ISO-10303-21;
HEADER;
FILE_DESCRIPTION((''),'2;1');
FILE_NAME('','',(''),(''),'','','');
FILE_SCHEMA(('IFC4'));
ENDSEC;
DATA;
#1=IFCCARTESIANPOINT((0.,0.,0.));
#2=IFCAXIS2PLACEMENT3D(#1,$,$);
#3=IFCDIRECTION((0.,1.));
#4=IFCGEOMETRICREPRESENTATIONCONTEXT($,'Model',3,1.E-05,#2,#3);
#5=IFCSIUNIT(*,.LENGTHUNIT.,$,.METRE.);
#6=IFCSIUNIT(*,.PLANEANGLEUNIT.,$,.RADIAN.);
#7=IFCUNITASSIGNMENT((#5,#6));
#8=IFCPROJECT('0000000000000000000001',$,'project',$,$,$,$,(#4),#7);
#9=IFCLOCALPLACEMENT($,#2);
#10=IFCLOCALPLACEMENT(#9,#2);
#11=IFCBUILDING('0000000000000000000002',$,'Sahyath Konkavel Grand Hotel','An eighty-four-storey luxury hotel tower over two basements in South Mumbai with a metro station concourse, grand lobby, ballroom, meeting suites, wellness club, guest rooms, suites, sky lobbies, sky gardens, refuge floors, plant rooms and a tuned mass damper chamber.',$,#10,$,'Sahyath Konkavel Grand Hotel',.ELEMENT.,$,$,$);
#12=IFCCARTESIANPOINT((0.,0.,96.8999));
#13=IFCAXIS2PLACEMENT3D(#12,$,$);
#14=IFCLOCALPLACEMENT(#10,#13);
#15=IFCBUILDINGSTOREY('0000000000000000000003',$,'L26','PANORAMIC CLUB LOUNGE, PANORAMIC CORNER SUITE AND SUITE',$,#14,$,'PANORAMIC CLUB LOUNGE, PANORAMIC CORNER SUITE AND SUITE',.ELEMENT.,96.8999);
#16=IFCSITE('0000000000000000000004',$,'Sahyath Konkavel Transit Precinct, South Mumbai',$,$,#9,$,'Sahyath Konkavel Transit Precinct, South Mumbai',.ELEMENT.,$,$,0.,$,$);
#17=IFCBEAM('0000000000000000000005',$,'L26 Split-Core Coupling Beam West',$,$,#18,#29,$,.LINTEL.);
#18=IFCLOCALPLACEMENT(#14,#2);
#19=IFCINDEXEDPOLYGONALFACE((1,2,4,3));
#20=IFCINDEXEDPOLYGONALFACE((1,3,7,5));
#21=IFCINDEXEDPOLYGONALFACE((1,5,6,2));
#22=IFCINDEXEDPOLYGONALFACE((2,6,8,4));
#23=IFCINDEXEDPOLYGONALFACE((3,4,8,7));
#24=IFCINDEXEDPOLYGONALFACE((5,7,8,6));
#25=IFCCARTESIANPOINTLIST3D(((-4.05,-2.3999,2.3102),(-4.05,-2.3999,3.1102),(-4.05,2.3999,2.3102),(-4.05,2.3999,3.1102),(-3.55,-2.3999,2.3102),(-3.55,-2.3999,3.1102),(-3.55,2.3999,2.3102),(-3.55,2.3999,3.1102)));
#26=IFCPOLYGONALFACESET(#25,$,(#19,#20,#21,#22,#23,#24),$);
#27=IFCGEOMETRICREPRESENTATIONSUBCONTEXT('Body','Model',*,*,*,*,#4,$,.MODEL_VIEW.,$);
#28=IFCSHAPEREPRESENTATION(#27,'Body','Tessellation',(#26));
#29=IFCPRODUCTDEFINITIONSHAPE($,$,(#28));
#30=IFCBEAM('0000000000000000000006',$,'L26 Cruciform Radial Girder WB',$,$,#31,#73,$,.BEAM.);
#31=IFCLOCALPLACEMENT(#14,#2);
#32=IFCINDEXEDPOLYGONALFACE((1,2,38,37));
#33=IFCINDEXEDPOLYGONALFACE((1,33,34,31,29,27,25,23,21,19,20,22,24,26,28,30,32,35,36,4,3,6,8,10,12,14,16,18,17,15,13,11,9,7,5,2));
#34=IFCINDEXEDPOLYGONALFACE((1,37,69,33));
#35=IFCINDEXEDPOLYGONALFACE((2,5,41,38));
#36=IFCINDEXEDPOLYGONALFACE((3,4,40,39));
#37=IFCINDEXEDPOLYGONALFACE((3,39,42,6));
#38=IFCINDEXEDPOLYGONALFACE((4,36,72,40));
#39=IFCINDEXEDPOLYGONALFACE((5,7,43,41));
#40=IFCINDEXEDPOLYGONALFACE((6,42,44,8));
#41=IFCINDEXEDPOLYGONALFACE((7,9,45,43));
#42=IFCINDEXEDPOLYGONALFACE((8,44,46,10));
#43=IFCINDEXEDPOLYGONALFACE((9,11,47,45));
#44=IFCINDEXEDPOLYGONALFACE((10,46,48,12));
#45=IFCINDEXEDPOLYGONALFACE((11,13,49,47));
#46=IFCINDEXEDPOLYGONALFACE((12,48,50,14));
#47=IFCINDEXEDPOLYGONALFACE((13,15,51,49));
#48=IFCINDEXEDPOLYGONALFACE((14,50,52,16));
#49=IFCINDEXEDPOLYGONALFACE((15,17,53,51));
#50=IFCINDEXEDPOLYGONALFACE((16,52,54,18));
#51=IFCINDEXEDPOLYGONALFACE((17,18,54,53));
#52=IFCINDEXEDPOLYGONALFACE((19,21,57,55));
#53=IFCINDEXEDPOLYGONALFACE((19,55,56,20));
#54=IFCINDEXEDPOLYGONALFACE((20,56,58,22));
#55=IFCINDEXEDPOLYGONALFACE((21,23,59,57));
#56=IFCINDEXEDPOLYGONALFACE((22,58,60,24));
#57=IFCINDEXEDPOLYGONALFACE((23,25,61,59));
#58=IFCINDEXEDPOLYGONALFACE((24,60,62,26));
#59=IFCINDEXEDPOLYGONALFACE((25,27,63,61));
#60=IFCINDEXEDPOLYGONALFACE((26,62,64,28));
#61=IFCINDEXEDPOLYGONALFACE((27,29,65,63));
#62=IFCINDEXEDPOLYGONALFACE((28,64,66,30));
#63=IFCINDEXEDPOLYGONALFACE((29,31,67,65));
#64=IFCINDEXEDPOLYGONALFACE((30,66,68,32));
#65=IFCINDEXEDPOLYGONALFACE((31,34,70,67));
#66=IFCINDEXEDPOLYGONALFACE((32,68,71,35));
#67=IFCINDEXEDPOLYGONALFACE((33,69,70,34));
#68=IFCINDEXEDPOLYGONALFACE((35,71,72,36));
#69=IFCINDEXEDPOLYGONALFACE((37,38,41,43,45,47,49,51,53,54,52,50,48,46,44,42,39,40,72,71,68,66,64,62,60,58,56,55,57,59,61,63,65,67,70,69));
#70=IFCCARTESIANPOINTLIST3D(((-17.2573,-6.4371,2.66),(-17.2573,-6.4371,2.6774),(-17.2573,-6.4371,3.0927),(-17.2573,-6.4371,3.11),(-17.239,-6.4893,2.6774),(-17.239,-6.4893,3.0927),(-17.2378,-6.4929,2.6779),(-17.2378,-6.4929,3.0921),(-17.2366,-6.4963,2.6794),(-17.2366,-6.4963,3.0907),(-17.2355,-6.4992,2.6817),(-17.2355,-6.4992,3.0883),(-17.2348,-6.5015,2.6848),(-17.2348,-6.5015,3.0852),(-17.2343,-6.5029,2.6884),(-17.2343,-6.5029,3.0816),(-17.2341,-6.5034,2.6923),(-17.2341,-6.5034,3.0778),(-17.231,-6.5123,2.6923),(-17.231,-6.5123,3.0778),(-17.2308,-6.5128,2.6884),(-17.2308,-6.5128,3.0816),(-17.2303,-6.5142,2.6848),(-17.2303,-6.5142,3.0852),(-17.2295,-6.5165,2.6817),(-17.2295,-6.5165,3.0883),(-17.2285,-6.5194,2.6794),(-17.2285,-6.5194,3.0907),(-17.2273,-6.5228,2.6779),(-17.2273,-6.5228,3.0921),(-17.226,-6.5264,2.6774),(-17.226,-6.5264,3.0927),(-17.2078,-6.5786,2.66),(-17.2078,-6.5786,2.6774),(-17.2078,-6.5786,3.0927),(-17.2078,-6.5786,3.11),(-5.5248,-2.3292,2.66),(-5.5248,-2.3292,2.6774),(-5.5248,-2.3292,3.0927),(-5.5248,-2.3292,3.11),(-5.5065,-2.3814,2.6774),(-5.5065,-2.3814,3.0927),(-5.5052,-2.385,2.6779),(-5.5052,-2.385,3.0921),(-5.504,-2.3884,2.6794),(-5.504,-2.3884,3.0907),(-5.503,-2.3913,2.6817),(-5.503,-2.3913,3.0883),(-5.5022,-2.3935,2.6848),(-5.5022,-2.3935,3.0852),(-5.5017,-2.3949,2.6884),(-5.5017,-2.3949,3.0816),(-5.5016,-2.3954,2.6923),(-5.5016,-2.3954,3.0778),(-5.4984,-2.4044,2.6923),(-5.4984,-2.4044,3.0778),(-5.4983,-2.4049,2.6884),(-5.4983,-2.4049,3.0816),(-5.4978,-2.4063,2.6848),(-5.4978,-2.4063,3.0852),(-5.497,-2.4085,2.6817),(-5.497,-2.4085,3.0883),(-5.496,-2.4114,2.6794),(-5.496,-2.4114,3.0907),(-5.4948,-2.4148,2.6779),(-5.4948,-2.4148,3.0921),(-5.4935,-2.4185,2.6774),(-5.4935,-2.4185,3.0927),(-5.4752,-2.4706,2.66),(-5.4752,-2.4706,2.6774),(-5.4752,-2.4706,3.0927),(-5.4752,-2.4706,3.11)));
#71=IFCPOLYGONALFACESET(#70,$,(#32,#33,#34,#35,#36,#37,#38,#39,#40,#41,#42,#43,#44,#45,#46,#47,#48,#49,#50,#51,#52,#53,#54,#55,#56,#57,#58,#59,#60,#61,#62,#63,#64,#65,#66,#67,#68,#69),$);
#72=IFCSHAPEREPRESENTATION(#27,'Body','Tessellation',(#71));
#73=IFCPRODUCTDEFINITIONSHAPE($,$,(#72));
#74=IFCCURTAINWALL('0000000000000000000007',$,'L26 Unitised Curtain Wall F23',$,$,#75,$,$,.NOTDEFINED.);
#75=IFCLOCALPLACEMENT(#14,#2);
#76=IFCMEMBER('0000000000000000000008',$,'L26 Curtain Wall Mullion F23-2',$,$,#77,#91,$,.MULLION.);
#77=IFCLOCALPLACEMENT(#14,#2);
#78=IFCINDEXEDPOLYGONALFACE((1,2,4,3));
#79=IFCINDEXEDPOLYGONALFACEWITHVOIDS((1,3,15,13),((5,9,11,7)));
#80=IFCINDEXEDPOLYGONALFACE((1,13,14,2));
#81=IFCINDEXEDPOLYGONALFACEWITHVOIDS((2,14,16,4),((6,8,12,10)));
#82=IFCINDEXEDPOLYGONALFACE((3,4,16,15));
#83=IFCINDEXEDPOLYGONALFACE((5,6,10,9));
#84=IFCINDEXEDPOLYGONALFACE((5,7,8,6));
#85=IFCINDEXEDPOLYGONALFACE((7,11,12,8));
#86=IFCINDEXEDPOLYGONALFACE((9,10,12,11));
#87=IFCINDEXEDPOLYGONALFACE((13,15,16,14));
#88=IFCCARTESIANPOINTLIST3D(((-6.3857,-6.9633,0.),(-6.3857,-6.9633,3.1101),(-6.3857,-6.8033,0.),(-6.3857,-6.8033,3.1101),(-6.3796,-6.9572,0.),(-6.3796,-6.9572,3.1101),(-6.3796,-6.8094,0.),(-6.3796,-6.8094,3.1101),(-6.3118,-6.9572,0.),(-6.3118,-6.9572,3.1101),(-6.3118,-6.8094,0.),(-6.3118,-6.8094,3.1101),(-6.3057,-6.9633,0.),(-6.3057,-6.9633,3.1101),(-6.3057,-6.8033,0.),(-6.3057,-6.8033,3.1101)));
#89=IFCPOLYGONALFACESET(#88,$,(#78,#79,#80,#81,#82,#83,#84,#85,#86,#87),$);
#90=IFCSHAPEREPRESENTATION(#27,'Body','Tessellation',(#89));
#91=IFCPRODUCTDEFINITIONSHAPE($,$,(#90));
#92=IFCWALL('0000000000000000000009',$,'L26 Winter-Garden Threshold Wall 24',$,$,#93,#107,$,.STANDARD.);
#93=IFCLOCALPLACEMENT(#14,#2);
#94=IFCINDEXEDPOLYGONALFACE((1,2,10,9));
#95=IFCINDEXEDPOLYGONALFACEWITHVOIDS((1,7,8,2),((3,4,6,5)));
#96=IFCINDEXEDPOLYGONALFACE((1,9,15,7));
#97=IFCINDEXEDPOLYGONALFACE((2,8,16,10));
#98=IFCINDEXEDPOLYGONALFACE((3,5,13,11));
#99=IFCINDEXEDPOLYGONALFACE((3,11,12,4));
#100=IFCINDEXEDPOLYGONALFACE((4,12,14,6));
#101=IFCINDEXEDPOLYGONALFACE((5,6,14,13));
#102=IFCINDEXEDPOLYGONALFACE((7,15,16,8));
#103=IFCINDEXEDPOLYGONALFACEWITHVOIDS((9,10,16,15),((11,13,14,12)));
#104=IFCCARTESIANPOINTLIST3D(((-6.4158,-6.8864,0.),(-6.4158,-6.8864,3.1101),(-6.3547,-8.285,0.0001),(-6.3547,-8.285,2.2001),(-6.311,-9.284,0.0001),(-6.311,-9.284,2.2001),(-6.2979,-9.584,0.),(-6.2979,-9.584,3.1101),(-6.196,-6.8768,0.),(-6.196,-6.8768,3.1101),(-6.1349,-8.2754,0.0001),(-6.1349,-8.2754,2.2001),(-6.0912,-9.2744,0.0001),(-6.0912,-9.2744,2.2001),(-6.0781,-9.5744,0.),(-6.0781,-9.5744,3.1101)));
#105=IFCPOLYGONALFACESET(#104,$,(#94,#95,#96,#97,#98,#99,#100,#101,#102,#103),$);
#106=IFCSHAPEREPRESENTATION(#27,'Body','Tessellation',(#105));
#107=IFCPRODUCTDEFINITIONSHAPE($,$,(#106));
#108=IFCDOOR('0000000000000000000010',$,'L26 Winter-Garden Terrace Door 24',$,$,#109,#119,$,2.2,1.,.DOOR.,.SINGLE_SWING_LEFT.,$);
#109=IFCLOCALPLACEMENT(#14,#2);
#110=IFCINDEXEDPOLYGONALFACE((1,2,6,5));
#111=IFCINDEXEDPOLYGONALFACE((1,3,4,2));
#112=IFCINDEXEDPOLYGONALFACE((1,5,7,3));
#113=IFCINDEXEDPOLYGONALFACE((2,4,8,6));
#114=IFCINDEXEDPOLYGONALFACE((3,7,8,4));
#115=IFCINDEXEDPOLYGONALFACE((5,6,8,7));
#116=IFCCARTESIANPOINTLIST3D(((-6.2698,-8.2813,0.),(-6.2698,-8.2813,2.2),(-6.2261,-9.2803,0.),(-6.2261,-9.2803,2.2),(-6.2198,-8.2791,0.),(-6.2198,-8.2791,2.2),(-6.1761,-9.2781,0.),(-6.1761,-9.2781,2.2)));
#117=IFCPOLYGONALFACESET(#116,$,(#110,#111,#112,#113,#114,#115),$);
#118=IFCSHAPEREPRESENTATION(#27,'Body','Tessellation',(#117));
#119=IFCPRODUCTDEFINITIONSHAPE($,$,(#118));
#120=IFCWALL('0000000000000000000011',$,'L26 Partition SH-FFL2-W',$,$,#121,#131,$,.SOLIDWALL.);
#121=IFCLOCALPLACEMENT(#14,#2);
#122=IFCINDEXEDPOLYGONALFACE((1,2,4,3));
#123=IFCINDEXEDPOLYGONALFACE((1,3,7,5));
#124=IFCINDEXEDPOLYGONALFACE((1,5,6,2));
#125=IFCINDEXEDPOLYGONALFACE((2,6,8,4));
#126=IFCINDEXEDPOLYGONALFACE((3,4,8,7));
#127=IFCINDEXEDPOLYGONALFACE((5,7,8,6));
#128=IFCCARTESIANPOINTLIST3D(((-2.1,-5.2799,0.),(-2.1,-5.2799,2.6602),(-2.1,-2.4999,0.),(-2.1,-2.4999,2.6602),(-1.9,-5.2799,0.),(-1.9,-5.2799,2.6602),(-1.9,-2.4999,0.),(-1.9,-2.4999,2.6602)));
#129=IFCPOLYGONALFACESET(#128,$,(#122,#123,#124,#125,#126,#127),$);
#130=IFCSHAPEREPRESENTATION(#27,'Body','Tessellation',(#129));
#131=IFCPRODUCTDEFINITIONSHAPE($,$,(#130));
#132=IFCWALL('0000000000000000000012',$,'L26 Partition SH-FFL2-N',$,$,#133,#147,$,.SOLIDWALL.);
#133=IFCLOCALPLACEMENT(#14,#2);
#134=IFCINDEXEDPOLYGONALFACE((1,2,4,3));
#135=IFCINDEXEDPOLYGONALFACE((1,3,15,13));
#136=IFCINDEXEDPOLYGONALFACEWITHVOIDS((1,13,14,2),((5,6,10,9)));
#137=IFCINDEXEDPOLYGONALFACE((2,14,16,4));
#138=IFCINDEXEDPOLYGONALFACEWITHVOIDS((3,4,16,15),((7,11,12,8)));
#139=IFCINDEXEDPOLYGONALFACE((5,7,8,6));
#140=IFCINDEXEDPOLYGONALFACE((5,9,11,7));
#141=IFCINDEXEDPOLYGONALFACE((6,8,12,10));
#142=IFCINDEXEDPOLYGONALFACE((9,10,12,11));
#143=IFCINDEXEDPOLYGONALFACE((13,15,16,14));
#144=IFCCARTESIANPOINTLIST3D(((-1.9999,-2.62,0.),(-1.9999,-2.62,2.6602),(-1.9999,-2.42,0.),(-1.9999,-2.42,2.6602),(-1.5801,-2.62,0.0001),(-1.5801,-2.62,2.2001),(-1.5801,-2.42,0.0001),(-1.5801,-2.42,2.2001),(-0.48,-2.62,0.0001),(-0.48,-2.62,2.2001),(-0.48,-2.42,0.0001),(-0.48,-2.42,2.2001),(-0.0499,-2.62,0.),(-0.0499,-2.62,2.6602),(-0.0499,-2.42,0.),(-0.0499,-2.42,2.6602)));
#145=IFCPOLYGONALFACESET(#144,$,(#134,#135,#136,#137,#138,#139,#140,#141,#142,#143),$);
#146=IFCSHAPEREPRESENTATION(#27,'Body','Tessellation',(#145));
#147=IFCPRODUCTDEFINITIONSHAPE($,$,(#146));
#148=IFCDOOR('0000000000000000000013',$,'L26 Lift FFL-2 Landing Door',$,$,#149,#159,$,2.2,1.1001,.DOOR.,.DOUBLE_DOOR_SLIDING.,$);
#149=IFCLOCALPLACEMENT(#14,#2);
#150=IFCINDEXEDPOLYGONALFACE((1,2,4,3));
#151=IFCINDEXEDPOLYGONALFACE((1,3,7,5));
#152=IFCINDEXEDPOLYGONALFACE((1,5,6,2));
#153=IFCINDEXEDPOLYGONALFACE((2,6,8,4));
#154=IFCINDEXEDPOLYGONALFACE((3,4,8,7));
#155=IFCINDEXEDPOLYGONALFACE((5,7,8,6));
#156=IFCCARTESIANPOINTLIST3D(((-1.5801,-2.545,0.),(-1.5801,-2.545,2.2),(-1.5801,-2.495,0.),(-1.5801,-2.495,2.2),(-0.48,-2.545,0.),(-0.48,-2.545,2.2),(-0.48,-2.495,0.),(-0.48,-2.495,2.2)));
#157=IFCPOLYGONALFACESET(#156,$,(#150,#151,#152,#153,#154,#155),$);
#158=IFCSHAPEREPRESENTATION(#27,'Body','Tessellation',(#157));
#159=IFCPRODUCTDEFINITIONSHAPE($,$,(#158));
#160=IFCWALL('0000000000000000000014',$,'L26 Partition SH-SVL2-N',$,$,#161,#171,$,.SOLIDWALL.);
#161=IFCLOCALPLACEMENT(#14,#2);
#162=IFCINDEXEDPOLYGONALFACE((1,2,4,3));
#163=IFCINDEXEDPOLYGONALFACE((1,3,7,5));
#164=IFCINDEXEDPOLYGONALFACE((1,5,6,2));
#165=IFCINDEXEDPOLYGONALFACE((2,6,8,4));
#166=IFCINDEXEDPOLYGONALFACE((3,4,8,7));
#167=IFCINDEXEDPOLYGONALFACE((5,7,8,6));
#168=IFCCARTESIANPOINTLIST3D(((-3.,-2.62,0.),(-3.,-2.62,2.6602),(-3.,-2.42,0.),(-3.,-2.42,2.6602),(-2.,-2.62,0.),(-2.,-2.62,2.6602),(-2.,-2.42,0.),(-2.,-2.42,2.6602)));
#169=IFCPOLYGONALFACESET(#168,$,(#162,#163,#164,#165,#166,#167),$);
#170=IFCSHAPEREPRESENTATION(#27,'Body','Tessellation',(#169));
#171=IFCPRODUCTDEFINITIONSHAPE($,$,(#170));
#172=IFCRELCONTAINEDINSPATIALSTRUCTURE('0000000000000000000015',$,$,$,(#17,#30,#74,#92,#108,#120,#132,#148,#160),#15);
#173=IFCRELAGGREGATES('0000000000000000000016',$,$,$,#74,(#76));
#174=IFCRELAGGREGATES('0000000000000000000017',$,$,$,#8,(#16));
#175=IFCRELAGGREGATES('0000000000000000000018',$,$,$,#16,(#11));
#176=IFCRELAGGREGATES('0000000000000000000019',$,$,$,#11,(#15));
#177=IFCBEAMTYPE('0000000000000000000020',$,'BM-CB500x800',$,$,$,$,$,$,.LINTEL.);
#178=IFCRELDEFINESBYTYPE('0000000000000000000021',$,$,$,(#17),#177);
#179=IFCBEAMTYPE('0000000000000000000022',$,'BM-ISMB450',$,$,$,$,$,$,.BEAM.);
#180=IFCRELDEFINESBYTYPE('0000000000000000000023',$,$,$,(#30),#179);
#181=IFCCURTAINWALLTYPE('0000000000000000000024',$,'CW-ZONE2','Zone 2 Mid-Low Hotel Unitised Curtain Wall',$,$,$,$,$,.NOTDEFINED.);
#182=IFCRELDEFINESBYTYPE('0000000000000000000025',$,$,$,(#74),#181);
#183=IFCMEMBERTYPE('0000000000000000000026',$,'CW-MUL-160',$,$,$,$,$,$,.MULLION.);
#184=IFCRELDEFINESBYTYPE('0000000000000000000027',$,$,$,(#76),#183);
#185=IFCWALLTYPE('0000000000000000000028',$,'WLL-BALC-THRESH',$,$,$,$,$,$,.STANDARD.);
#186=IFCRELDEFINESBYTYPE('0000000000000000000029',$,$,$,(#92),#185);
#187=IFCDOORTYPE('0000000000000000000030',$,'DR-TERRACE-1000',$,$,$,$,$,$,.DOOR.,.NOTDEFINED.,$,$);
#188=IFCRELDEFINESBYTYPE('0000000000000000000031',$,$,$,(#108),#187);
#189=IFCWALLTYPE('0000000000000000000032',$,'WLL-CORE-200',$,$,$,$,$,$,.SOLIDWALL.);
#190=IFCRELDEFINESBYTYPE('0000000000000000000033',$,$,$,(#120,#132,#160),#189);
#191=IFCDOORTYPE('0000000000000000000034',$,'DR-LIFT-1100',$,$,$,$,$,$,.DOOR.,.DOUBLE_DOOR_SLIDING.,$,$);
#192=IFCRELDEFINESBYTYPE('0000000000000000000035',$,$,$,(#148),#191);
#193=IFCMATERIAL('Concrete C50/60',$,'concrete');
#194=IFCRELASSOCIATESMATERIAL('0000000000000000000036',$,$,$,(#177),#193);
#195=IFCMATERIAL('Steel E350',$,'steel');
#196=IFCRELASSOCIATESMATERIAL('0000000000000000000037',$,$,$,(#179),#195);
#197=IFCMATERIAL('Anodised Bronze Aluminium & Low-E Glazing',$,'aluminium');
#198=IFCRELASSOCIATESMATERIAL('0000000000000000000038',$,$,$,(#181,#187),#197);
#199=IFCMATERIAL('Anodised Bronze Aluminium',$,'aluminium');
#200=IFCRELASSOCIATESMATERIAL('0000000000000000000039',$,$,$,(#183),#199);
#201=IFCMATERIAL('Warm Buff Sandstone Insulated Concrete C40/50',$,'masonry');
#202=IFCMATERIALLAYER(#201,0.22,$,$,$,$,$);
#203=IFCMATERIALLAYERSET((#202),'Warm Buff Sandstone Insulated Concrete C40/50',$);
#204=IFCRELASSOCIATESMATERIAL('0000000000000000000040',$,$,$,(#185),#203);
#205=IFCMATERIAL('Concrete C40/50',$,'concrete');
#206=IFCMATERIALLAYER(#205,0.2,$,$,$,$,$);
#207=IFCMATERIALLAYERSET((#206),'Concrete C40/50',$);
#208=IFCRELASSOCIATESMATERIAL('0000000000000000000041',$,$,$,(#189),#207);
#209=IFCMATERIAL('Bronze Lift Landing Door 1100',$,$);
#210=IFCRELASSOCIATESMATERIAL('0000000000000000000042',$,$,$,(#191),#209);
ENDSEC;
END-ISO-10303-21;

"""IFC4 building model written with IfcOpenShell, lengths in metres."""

from ifc_helpers import new_model, si_unit, direction, frame, frame_2d, origin, origin_2d, place, context, subcontext, project, spatial, rectangle, hollow_rectangle, i_section, extrude, source, transform, mapped, material, layer, layer_set, material_profile, profile_set, type_object, element, fill, aggregate, save


model = new_model("IFC4")

# Units and contexts
model_context = context("Model", 3, precision=1e-05, world=origin(), true_north=direction((0.0, 1.0)))
body_context = subcontext(model_context, "Body", "Model", "MODEL_VIEW")
ifc_project = project(units=[si_unit("LENGTHUNIT", "METRE"), si_unit("PLANEANGLEUNIT", "RADIAN")], contexts=[model_context])

# Site, building, storey
site_placement = place(None, origin())
site = spatial("IfcSite", under=ifc_project, at=site_placement, Name="Sahyath Konkavel Transit Precinct, South Mumbai", LongName="Sahyath Konkavel Transit Precinct, South Mumbai", CompositionType="ELEMENT", RefElevation=0.0)
building_placement = place(site_placement, origin())
building = spatial("IfcBuilding", under=site, at=building_placement, Name="Sahyath Konkavel Grand Hotel", Description="An eighty-four-storey luxury hotel tower over two basements in South Mumbai with a metro station concourse, grand lobby, ballroom, meeting suites, wellness club, guest rooms, suites, sky lobbies, sky gardens, refuge floors, plant rooms and a tuned mass damper chamber.", LongName="Sahyath Konkavel Grand Hotel", CompositionType="ELEMENT")
storey_placement = place(building_placement, frame((0.0, 0.0, 96.8999)))
storey = spatial("IfcBuildingStorey", under=building, at=storey_placement, Name="L26", Description="PANORAMIC CLUB LOUNGE, PANORAMIC CORNER SUITE AND SUITE", LongName="PANORAMIC CLUB LOUNGE, PANORAMIC CORNER SUITE AND SUITE", CompositionType="ELEMENT", Elevation=96.8999)

# Shared definitions
ifc_material_1 = material(Name="Concrete C50/60", Category="concrete")

# Beams
ifc_material_2 = material(Name="Steel E350", Category="steel")
ifc_material_profile_1 = material_profile(ifc_material_1, rectangle(XDim=0.5, YDim=0.8, at=origin_2d()), Name="RC 500x800")
ifc_profile_set_1 = profile_set([ifc_material_profile_1], Name="Concrete C50/60")
beam_type_1 = type_object("IfcBeamType", Name="BM-CB500x800", PredefinedType="LINTEL", material=ifc_profile_set_1)
shared_shape_1 = source(origin(), body_context, "Body", "SweptSolid", [
    extrude(rectangle(XDim=0.5, YDim=0.8, at=origin_2d()), origin(), (0.0, 0.0, 1.0), 4.7998),
])
beam_1_placement = place(storey_placement, frame((-3.8, -2.3999, 2.7102), z_axis=(0.0, 1.0, 0.0), x_axis=(-1.0, 0.0, 0.0)))
element("IfcBeam", 1, at=beam_1_placement, inside=storey, type_object=beam_type_1, Name="L26 Split-Core Coupling Beam West", PredefinedType="LINTEL", context=body_context, shape_type="MappedRepresentation", body=[
    mapped(shared_shape_1, transform((0.0, 0.0, 0.0), scale=1.0)),
])
ifc_material_profile_2 = material_profile(ifc_material_2, i_section(OverallWidth=0.1499, OverallDepth=0.45, WebThickness=0.0095, FlangeThickness=0.0173, FilletRadius=0.0149, at=origin_2d()), Name="ISMB 450")
ifc_profile_set_2 = profile_set([ifc_material_profile_2], Name="Steel E350")
beam_type_2 = type_object("IfcBeamType", Name="BM-ISMB450", PredefinedType="BEAM", material=ifc_profile_set_2)
shared_shape_2 = source(origin(), body_context, "Body", "SweptSolid", [
    extrude(i_section(OverallWidth=0.1499, OverallDepth=0.45, WebThickness=0.0095, FlangeThickness=0.0173, FilletRadius=0.0149, at=origin_2d()), origin(), (0.0, 0.0, 1.0), 12.4309),
])
beam_2_placement = place(storey_placement, frame((-5.5, -2.3999, 2.885), z_axis=(-0.943819, -0.330462, 0.0), x_axis=(0.330462, -0.943819, 0.0)))
element("IfcBeam", 2, at=beam_2_placement, inside=storey, type_object=beam_type_2, Name="L26 Cruciform Radial Girder WB", PredefinedType="BEAM", context=body_context, shape_type="MappedRepresentation", body=[
    mapped(shared_shape_2, transform((0.0, 0.0, 0.0), scale=1.0)),
])

# Curtain wall, member
ifc_material_3 = material(Name="Anodised Bronze Aluminium & Low-E Glazing", Category="aluminium")
curtain_wall_type = type_object("IfcCurtainWallType", Name="CW-ZONE2", Description="Zone 2 Mid-Low Hotel Unitised Curtain Wall", PredefinedType="NOTDEFINED", material=ifc_material_3)
curtain_wall_placement = place(storey_placement, origin())
curtain_wall = element("IfcCurtainWall", 3, at=curtain_wall_placement, inside=storey, type_object=curtain_wall_type, Name="L26 Unitised Curtain Wall F23", PredefinedType="NOTDEFINED")
ifc_material_4 = material(Name="Anodised Bronze Aluminium", Category="aluminium")
ifc_material_profile_3 = material_profile(ifc_material_4, hollow_rectangle(XDim=0.0801, YDim=0.1599, WallThickness=0.0061, at=origin_2d()), Name="RHS 160x80x6")
ifc_profile_set_3 = profile_set([ifc_material_profile_3], Name="Anodised Bronze Aluminium")
member_type = type_object("IfcMemberType", Name="CW-MUL-160", PredefinedType="MULLION", material=ifc_profile_set_3)
shared_shape_3 = source(origin(), body_context, "Body", "SweptSolid", [
    extrude(hollow_rectangle(XDim=0.0801, YDim=0.1599, WallThickness=0.0061, at=origin_2d()), origin(), (0.0, 0.0, 1.0), 3.1101),
])
member_placement = place(storey_placement, frame((-6.3457, -6.8833, 0.0), z_axis=(0.0, 0.0, 1.0), x_axis=(1.0, 0.0, 0.0)))
member = element("IfcMember", 4, at=member_placement, type_object=member_type, Name="L26 Curtain Wall Mullion F23-2", PredefinedType="MULLION", context=body_context, shape_type="MappedRepresentation", body=[
    mapped(shared_shape_3, transform((0.0, 0.0, 0.0), scale=1.0)),
])
aggregate(curtain_wall, [member])

# Wall, opening, door
ifc_material_5 = material(Name="Warm Buff Sandstone Insulated Concrete C40/50", Category="masonry")
ifc_layer_1 = layer(ifc_material_5, 0.22)
ifc_layer_set_1 = layer_set([ifc_layer_1], Name="Warm Buff Sandstone Insulated Concrete C40/50")
wall_type_1 = type_object("IfcWallType", Name="WLL-BALC-THRESH", PredefinedType="STANDARD", material=ifc_layer_set_1)
wall_1_placement = place(storey_placement, frame((-6.3059, -6.8816, 0.0), z_axis=(0.0, 0.0, 1.0), x_axis=(0.043673, -0.999046, 0.0)))
wall_1 = element("IfcWall", 5, at=wall_1_placement, inside=storey, type_object=wall_type_1, Name="L26 Winter-Garden Threshold Wall 24", PredefinedType="STANDARD", context=body_context, shape_type="SweptSolid", body=[
    extrude(rectangle(XDim=2.7002, YDim=0.22, at=frame_2d((1.3501, 0.0))), origin(), (0.0, 0.0, 1.0), 3.1101),
])
opening_1_placement = place(wall_1_placement, frame((1.3999, 0.0, 0.0)))
opening_1 = element("IfcOpeningElement", 6, at=opening_1_placement, cuts=wall_1, PredefinedType="OPENING", context=body_context, shape_type="SweptSolid", body=[
    extrude(rectangle(XDim=1.0, YDim=2.2, at=frame_2d((0.5, 1.1001))), frame((0.0, 0.1201, 0.0), z_axis=(0.0, -1.0, 0.0), x_axis=(1.0, 0.0, 0.0)), (0.0, 0.0, 1.0), 0.24),
])
door_type_1 = type_object("IfcDoorType", Name="DR-TERRACE-1000", OperationType="NOTDEFINED", PredefinedType="DOOR", material=ifc_material_3)
shared_shape_4 = source(origin(), body_context, "Body", "SweptSolid", [
    extrude(rectangle(XDim=1.0, YDim=0.05, at=origin_2d()), origin(), (0.0, 0.0, 1.0), 2.2),
])
door_1_placement = place(opening_1_placement, frame((0.5, 0.0, 0.0)))
door_1 = element("IfcDoor", 7, at=door_1_placement, inside=storey, type_object=door_type_1, Name="L26 Winter-Garden Terrace Door 24", OperationType="SINGLE_SWING_LEFT", OverallHeight=2.2, OverallWidth=1.0, PredefinedType="DOOR", context=body_context, shape_type="MappedRepresentation", body=[
    mapped(shared_shape_4, transform((0.0, 0.0, 0.0), scale=1.0)),
])
fill(opening_1, door_1)

# Wall
ifc_material_6 = material(Name="Concrete C40/50", Category="concrete")
ifc_layer_2 = layer(ifc_material_6, 0.2)
ifc_layer_set_2 = layer_set([ifc_layer_2], Name="Concrete C40/50")
wall_type_2 = type_object("IfcWallType", Name="WLL-CORE-200", PredefinedType="SOLIDWALL", material=ifc_layer_set_2)
wall_2_placement = place(storey_placement, frame((-2.0, -5.28, 0.0), z_axis=(0.0, 0.0, 1.0), x_axis=(0.0, 1.0, 0.0)))
element("IfcWall", 8, at=wall_2_placement, inside=storey, type_object=wall_type_2, Name="L26 Partition SH-FFL2-W", PredefinedType="SOLIDWALL", context=body_context, shape_type="SweptSolid", body=[
    extrude(rectangle(XDim=2.78, YDim=0.2, at=frame_2d((1.3901, 0.0))), origin(), (0.0, 0.0, 1.0), 2.6602),
])

# Wall, opening, door
wall_3_placement = place(storey_placement, frame((-2.0, -2.52, 0.0), z_axis=(0.0, 0.0, 1.0), x_axis=(1.0, 0.0, 0.0)))
wall_3 = element("IfcWall", 9, at=wall_3_placement, inside=storey, type_object=wall_type_2, Name="L26 Partition SH-FFL2-N", PredefinedType="SOLIDWALL", context=body_context, shape_type="SweptSolid", body=[
    extrude(rectangle(XDim=1.95, YDim=0.2, at=frame_2d((0.9751, 0.0))), origin(), (0.0, 0.0, 1.0), 2.6602),
])
opening_2_placement = place(wall_3_placement, frame((0.4199, 0.0, 0.0)))
opening_2 = element("IfcOpeningElement", 10, at=opening_2_placement, cuts=wall_3, PredefinedType="OPENING", context=body_context, shape_type="SweptSolid", body=[
    extrude(rectangle(XDim=1.1001, YDim=2.2, at=frame_2d((0.55, 1.1001))), frame((0.0, 0.1099, 0.0), z_axis=(0.0, -1.0, 0.0), x_axis=(1.0, 0.0, 0.0)), (0.0, 0.0, 1.0), 0.22),
])
ifc_material_7 = material(Name="Bronze Lift Landing Door 1100")
door_type_2 = type_object("IfcDoorType", Name="DR-LIFT-1100", OperationType="DOUBLE_DOOR_SLIDING", PredefinedType="DOOR", material=ifc_material_7)
shared_shape_5 = source(origin(), body_context, "Body", "SweptSolid", [
    extrude(rectangle(XDim=1.1001, YDim=0.05, at=origin_2d()), origin(), (0.0, 0.0, 1.0), 2.2),
])
door_2_placement = place(opening_2_placement, frame((0.55, 0.0, 0.0)))
door_2 = element("IfcDoor", 11, at=door_2_placement, inside=storey, type_object=door_type_2, Name="L26 Lift FFL-2 Landing Door", OperationType="DOUBLE_DOOR_SLIDING", OverallHeight=2.2, OverallWidth=1.1001, PredefinedType="DOOR", context=body_context, shape_type="MappedRepresentation", body=[
    mapped(shared_shape_5, transform((0.0, 0.0, 0.0), scale=1.0)),
])
fill(opening_2, door_2)

# Wall
wall_4_placement = place(storey_placement, frame((-3.0, -2.52, 0.0), z_axis=(0.0, 0.0, 1.0), x_axis=(1.0, 0.0, 0.0)))
element("IfcWall", 12, at=wall_4_placement, inside=storey, type_object=wall_type_2, Name="L26 Partition SH-SVL2-N", PredefinedType="SOLIDWALL", context=body_context, shape_type="SweptSolid", body=[
    extrude(rectangle(XDim=1.0, YDim=0.2, at=frame_2d((0.5, 0.0))), origin(), (0.0, 0.0, 1.0), 2.6602),
])

save(model, "model.ifc")
